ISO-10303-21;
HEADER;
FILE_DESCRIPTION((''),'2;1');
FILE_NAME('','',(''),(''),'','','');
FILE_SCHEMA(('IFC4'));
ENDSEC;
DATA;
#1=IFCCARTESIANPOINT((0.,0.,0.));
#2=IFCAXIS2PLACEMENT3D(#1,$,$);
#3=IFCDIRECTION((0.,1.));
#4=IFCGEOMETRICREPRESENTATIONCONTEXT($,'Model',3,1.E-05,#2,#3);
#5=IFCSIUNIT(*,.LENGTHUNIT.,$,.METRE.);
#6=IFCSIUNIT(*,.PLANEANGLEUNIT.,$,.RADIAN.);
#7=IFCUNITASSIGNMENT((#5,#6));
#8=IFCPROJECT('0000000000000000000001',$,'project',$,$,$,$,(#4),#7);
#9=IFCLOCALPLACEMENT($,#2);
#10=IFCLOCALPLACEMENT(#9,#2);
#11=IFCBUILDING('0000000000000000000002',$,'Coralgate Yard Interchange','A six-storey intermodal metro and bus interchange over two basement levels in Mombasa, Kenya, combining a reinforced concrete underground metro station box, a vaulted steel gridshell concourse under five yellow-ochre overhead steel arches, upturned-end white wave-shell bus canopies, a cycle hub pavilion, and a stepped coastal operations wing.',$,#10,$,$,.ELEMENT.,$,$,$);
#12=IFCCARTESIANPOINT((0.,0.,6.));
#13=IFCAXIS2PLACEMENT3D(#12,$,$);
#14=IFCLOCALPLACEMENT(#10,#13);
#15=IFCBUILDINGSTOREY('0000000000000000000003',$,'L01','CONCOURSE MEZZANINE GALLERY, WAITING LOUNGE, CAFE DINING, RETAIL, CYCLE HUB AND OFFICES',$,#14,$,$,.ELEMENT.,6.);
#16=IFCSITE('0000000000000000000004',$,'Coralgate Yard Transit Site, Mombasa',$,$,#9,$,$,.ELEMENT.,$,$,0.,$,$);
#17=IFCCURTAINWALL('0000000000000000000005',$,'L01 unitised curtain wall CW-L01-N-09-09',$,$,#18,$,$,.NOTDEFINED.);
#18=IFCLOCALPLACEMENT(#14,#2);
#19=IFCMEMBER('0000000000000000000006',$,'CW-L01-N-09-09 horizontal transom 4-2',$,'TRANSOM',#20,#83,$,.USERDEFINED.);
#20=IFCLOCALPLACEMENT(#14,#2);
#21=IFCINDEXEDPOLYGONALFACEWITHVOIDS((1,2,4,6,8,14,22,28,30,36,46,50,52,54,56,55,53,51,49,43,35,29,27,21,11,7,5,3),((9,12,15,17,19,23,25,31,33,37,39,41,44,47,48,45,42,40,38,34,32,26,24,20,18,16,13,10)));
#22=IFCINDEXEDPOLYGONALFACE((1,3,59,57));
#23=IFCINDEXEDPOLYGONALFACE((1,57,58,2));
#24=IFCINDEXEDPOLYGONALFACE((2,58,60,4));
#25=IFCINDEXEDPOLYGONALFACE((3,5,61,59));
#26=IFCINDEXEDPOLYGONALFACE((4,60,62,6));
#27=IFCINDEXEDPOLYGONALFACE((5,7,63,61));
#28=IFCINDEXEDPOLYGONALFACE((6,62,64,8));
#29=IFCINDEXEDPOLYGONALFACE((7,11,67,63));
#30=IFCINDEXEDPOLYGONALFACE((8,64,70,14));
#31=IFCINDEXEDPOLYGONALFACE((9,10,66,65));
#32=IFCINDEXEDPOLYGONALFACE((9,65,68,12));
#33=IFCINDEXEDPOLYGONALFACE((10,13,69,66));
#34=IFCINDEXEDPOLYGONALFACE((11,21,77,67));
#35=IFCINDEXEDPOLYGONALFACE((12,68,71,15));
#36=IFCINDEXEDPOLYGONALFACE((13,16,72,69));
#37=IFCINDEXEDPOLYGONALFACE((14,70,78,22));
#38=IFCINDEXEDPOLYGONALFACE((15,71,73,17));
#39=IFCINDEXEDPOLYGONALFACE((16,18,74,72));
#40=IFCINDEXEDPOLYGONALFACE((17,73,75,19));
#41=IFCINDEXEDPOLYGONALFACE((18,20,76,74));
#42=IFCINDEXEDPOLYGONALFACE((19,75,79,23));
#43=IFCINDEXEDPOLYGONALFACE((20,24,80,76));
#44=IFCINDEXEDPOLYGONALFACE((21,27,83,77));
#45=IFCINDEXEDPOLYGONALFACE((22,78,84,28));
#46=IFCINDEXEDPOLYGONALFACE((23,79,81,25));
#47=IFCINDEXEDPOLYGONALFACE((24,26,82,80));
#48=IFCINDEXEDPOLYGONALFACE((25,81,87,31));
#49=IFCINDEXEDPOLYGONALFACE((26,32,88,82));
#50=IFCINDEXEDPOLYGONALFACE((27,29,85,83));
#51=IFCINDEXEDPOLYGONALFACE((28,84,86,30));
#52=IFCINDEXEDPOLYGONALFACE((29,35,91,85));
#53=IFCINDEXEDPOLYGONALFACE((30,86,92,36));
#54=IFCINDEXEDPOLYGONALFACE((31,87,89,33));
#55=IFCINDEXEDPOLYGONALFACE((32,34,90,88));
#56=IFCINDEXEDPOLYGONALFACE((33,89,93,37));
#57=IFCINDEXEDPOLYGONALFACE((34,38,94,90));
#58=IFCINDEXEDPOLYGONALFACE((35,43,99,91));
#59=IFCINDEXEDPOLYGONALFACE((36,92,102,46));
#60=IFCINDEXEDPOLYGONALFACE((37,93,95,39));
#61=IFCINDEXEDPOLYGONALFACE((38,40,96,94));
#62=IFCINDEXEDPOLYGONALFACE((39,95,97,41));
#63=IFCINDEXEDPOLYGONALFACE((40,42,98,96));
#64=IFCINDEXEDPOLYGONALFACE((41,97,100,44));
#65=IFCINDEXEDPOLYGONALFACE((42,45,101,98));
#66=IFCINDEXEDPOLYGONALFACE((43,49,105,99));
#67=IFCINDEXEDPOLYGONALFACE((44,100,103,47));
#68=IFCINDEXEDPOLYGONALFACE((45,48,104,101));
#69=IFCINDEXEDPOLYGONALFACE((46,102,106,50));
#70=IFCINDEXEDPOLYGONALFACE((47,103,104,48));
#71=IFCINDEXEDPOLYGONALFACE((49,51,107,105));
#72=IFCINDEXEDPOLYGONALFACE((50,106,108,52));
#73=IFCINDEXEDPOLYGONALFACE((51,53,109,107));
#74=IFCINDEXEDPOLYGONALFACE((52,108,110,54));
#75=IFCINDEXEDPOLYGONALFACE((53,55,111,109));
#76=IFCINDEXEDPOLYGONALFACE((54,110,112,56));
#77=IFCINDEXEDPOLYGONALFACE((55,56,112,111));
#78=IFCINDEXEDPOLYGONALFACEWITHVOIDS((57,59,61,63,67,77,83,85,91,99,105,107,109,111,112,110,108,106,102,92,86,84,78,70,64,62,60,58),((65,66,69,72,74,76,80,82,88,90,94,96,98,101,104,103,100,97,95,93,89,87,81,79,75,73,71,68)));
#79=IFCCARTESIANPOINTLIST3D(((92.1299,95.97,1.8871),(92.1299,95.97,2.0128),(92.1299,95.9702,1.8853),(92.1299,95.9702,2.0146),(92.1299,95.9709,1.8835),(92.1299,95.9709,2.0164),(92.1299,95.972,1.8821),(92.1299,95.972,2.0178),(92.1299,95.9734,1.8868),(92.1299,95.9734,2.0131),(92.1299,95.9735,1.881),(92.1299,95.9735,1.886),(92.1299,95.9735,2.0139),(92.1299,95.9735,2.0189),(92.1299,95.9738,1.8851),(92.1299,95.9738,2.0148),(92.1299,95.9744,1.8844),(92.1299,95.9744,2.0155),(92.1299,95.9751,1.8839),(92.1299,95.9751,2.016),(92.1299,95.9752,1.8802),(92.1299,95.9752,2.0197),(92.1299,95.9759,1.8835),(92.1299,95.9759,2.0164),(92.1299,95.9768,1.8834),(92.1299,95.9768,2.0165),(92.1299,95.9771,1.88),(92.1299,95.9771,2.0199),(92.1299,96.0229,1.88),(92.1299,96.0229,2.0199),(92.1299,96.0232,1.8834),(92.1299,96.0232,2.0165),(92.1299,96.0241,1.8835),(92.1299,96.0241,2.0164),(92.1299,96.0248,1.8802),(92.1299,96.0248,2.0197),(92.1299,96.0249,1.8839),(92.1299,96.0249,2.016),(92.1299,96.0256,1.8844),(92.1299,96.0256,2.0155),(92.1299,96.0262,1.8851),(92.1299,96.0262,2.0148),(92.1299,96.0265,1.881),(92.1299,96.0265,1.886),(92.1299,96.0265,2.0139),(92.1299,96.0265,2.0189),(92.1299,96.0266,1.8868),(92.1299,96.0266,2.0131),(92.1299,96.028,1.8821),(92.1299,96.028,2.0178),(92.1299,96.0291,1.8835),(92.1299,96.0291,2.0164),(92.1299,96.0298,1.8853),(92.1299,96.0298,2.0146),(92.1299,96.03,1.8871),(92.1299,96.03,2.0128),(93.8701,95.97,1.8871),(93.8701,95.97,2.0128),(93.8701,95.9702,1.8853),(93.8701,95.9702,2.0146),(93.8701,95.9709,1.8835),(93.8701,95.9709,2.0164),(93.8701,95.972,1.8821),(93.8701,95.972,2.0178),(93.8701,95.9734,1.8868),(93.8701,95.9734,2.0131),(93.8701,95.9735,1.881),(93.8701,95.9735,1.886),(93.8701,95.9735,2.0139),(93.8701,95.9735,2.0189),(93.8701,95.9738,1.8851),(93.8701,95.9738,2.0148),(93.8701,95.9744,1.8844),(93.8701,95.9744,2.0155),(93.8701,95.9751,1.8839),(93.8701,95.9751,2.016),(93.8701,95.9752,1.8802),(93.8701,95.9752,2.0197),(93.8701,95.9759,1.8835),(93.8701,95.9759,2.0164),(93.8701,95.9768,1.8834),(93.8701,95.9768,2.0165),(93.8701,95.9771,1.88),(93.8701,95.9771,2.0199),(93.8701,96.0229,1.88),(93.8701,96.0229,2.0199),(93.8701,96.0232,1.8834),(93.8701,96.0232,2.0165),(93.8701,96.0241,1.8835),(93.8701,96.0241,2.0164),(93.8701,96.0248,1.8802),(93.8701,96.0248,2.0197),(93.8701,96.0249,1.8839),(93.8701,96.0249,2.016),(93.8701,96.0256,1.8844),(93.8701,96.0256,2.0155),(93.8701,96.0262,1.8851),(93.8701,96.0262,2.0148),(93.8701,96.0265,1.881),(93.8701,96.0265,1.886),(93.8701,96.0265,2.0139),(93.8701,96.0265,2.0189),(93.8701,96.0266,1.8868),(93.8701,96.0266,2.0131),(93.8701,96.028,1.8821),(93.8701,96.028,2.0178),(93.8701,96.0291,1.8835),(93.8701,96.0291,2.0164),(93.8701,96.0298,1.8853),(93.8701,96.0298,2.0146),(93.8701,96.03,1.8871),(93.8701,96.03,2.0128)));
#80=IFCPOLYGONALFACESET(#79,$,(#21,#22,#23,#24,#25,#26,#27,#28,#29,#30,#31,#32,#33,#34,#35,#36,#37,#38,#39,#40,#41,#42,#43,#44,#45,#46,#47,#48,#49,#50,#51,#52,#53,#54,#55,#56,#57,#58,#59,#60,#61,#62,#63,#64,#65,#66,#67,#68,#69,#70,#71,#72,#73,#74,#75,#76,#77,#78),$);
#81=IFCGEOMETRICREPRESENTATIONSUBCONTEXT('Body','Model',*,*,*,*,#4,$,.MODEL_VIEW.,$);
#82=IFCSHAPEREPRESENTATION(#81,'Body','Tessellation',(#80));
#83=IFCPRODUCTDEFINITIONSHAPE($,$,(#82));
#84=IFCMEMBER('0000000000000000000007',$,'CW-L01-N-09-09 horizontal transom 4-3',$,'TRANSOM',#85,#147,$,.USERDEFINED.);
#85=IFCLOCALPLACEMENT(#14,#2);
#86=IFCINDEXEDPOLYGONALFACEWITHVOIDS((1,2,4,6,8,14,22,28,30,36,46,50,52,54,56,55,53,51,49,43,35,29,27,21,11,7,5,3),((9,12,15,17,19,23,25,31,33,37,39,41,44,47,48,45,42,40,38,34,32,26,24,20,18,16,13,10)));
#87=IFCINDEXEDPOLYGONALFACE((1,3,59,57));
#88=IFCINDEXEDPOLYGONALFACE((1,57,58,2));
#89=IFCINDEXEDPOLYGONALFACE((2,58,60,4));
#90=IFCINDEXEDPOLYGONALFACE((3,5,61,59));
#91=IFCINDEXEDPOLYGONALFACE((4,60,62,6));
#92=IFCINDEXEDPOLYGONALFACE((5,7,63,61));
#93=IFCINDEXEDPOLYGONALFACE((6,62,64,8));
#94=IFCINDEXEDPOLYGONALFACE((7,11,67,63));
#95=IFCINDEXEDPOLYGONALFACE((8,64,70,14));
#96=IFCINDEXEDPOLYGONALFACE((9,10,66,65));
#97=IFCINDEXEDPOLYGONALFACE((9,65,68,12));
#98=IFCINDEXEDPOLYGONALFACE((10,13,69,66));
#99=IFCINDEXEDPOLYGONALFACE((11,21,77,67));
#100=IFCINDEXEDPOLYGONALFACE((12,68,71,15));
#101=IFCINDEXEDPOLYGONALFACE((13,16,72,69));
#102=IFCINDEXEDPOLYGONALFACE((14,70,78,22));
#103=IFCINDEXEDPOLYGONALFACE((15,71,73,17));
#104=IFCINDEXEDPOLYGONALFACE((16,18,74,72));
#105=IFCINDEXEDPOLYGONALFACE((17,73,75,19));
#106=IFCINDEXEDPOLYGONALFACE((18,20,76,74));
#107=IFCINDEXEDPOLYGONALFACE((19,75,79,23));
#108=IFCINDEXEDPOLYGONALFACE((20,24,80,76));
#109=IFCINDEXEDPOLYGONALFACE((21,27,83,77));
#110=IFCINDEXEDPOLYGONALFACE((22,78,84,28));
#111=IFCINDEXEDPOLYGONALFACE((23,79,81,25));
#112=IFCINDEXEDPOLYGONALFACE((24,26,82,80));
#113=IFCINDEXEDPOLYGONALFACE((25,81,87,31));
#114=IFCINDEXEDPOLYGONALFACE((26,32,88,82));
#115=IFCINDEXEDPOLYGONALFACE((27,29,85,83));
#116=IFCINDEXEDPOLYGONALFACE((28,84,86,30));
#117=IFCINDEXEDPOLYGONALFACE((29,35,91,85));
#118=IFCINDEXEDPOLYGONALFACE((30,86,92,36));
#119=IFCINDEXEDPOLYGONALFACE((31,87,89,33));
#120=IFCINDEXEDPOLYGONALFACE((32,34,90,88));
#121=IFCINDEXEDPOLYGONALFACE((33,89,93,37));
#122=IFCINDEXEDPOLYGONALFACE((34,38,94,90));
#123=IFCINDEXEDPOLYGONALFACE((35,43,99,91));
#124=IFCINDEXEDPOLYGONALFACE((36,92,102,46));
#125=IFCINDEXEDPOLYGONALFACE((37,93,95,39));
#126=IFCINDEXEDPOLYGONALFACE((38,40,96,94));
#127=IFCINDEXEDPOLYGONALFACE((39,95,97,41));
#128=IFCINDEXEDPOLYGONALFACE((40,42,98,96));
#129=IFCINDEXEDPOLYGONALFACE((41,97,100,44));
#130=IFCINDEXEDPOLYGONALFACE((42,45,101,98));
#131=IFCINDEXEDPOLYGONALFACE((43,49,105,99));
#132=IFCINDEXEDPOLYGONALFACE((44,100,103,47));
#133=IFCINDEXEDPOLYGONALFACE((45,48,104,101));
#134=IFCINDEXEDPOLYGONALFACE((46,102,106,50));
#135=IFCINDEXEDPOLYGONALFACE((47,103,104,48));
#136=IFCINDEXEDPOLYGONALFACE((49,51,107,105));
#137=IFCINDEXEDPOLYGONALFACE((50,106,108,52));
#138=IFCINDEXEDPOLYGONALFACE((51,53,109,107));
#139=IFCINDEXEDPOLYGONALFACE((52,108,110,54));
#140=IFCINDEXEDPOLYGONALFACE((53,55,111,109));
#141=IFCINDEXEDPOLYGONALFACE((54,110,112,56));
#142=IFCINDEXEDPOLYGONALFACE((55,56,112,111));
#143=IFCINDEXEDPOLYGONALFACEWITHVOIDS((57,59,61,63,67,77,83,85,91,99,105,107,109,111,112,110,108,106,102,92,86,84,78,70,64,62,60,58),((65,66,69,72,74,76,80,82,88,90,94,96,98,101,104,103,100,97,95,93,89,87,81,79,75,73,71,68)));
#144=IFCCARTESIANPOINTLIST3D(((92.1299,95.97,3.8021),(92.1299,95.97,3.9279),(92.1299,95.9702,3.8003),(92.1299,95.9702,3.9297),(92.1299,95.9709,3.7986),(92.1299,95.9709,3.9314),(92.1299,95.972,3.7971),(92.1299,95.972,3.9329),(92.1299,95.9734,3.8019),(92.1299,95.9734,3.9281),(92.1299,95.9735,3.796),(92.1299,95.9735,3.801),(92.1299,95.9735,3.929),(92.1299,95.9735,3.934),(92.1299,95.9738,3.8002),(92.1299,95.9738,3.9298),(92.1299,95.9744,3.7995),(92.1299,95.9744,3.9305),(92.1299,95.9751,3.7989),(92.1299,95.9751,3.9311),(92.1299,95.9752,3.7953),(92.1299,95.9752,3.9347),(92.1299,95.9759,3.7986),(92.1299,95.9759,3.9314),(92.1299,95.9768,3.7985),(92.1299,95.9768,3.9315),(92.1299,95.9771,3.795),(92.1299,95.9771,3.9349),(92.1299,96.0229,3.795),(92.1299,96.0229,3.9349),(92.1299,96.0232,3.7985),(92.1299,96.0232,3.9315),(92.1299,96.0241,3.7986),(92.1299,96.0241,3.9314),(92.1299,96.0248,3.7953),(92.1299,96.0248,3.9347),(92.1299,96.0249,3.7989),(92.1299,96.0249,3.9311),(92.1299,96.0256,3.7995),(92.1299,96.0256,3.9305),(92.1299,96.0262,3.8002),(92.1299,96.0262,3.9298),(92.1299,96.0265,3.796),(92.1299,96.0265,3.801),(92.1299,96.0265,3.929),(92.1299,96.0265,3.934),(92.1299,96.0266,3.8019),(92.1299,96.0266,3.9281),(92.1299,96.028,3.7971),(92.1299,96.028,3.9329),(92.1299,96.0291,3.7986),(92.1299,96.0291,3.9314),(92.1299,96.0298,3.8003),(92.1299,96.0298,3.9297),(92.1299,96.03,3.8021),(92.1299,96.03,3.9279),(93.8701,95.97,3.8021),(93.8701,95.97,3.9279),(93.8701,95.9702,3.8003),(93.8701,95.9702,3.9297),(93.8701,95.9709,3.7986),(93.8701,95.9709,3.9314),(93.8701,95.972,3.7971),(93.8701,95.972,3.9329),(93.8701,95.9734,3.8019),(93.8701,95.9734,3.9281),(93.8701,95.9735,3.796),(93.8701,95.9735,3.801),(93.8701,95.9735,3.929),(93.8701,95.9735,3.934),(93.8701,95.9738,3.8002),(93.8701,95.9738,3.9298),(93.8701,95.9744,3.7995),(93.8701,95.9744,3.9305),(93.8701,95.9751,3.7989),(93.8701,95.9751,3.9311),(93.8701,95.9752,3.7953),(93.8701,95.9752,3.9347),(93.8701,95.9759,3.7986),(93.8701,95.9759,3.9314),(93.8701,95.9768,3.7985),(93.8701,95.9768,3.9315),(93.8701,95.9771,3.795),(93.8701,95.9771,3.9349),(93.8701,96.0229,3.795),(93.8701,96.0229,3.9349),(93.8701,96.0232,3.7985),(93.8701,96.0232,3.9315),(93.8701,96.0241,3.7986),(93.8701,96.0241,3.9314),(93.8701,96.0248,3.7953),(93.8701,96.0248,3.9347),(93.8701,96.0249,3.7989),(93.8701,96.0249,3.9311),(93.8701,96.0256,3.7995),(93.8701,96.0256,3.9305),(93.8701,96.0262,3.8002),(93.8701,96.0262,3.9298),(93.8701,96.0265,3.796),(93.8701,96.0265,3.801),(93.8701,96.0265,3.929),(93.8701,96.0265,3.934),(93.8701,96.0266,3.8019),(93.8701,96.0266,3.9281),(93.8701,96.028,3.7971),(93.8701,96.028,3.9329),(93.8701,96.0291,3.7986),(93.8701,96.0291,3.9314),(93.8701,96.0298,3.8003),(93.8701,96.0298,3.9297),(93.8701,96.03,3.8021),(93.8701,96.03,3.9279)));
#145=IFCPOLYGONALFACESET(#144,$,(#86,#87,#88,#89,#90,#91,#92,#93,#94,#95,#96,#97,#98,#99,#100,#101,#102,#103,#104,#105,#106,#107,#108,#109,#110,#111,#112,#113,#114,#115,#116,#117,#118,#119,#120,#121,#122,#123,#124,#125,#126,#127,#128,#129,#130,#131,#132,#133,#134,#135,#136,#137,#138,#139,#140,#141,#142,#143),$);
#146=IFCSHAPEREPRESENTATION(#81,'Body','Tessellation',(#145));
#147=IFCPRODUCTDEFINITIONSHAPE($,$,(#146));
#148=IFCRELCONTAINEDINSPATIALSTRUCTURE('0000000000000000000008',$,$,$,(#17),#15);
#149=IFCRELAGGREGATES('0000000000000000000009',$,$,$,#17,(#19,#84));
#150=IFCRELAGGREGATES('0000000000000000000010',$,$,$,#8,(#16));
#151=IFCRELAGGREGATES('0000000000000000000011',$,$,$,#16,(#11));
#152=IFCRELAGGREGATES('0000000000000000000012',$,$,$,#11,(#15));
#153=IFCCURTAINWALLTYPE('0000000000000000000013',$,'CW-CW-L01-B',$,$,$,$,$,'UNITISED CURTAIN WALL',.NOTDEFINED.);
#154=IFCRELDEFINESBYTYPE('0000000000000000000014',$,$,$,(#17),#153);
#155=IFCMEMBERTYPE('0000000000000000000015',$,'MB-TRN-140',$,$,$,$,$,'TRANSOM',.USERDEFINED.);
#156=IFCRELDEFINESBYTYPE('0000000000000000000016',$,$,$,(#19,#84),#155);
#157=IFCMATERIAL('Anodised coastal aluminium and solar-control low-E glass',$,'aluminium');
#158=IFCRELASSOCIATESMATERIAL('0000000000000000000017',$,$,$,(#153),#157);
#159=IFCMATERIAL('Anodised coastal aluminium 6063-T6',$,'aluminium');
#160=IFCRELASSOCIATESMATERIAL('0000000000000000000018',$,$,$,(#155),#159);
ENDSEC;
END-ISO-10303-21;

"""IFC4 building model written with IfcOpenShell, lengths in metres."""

from ifc_helpers import new_model, si_unit, direction, frame, origin, origin_2d, place, context, subcontext, project, spatial, hollow_rectangle, extrude, material, material_profile, profile_set, type_object, element, aggregate, save


model = new_model("IFC4")

# Units and contexts
model_context = context("Model", 3, precision=1e-05, world=origin(), true_north=direction((0.0, 1.0)))
body_context = subcontext(model_context, "Body", "Model", "MODEL_VIEW")
ifc_project = project(units=[si_unit("LENGTHUNIT", "METRE"), si_unit("PLANEANGLEUNIT", "RADIAN")], contexts=[model_context])

# Site, building, storey
site_placement = place(None, origin())
site = spatial("IfcSite", under=ifc_project, at=site_placement, Name="Coralgate Yard Transit Site, Mombasa", CompositionType="ELEMENT", RefElevation=0.0)
building_placement = place(site_placement, origin())
building = spatial("IfcBuilding", under=site, at=building_placement, Name="Coralgate Yard Interchange", Description="A six-storey intermodal metro and bus interchange over two basement levels in Mombasa, Kenya, combining a reinforced concrete underground metro station box, a vaulted steel gridshell concourse under five yellow-ochre overhead steel arches, upturned-end white wave-shell bus canopies, a cycle hub pavilion, and a stepped coastal operations wing.", CompositionType="ELEMENT")
storey_placement = place(building_placement, frame((0.0, 0.0, 6.0)))
storey = spatial("IfcBuildingStorey", under=building, at=storey_placement, Name="L01", Description="CONCOURSE MEZZANINE GALLERY, WAITING LOUNGE, CAFE DINING, RETAIL, CYCLE HUB AND OFFICES", CompositionType="ELEMENT", Elevation=6.0)

# Curtain wall
ifc_material_1 = material(Name="Anodised coastal aluminium and solar-control low-E glass", Category="aluminium")
curtain_wall_type_1 = type_object("IfcCurtainWallType", Name="CW-CW-L01-B", ElementType="UNITISED CURTAIN WALL", PredefinedType="NOTDEFINED", material=ifc_material_1)
curtain_wall_1_placement = place(storey_placement, origin())
curtain_wall_1 = element("IfcCurtainWall", 1, at=curtain_wall_1_placement, inside=storey, type_object=curtain_wall_type_1, Name="L01 unitised curtain wall CW-L01-N-09-09", PredefinedType="NOTDEFINED")
ifc_material_2 = material(Name="Anodised coastal aluminium 6063-T6", Category="aluminium")

# Members
ifc_material_profile_1 = material_profile(ifc_material_2, hollow_rectangle(XDim=0.0601, YDim=0.1399, WallThickness=0.0034, InnerFilletRadius=0.0034, OuterFilletRadius=0.0071, at=origin_2d()), Name="ALU 60x140x3.5")
ifc_profile_set_1 = profile_set([ifc_material_profile_1], Name="Anodised coastal aluminium 6063-T6")
member_type_1 = type_object("IfcMemberType", Name="MB-TRN-140", ElementType="TRANSOM", PredefinedType="USERDEFINED", material=ifc_profile_set_1)
member_1_placement = place(storey_placement, frame((92.1299, 96.0, 1.95), z_axis=(1.0, 0.0, 0.0), x_axis=(0.0, 1.0, 0.0)))
member_1 = element("IfcMember", 2, at=member_1_placement, type_object=member_type_1, Name="CW-L01-N-09-09 horizontal transom 4-2", ObjectType="TRANSOM", PredefinedType="USERDEFINED", context=body_context, shape_type="SweptSolid", body=[
    extrude(hollow_rectangle(XDim=0.0601, YDim=0.1399, WallThickness=0.0034, InnerFilletRadius=0.0034, OuterFilletRadius=0.0071, at=origin_2d()), origin(), (0.0, 0.0, 1.0), 1.7402),
])
member_2_placement = place(storey_placement, frame((92.1299, 96.0, 3.865), z_axis=(1.0, 0.0, 0.0), x_axis=(0.0, 1.0, 0.0)))
member_2 = element("IfcMember", 3, at=member_2_placement, type_object=member_type_1, Name="CW-L01-N-09-09 horizontal transom 4-3", ObjectType="TRANSOM", PredefinedType="USERDEFINED", context=body_context, shape_type="SweptSolid", body=[
    extrude(hollow_rectangle(XDim=0.0601, YDim=0.1399, WallThickness=0.0034, InnerFilletRadius=0.0034, OuterFilletRadius=0.0071, at=origin_2d()), origin(), (0.0, 0.0, 1.0), 1.7402),
])

aggregate(curtain_wall_1, [member_1, member_2])

save(model, "model.ifc")
